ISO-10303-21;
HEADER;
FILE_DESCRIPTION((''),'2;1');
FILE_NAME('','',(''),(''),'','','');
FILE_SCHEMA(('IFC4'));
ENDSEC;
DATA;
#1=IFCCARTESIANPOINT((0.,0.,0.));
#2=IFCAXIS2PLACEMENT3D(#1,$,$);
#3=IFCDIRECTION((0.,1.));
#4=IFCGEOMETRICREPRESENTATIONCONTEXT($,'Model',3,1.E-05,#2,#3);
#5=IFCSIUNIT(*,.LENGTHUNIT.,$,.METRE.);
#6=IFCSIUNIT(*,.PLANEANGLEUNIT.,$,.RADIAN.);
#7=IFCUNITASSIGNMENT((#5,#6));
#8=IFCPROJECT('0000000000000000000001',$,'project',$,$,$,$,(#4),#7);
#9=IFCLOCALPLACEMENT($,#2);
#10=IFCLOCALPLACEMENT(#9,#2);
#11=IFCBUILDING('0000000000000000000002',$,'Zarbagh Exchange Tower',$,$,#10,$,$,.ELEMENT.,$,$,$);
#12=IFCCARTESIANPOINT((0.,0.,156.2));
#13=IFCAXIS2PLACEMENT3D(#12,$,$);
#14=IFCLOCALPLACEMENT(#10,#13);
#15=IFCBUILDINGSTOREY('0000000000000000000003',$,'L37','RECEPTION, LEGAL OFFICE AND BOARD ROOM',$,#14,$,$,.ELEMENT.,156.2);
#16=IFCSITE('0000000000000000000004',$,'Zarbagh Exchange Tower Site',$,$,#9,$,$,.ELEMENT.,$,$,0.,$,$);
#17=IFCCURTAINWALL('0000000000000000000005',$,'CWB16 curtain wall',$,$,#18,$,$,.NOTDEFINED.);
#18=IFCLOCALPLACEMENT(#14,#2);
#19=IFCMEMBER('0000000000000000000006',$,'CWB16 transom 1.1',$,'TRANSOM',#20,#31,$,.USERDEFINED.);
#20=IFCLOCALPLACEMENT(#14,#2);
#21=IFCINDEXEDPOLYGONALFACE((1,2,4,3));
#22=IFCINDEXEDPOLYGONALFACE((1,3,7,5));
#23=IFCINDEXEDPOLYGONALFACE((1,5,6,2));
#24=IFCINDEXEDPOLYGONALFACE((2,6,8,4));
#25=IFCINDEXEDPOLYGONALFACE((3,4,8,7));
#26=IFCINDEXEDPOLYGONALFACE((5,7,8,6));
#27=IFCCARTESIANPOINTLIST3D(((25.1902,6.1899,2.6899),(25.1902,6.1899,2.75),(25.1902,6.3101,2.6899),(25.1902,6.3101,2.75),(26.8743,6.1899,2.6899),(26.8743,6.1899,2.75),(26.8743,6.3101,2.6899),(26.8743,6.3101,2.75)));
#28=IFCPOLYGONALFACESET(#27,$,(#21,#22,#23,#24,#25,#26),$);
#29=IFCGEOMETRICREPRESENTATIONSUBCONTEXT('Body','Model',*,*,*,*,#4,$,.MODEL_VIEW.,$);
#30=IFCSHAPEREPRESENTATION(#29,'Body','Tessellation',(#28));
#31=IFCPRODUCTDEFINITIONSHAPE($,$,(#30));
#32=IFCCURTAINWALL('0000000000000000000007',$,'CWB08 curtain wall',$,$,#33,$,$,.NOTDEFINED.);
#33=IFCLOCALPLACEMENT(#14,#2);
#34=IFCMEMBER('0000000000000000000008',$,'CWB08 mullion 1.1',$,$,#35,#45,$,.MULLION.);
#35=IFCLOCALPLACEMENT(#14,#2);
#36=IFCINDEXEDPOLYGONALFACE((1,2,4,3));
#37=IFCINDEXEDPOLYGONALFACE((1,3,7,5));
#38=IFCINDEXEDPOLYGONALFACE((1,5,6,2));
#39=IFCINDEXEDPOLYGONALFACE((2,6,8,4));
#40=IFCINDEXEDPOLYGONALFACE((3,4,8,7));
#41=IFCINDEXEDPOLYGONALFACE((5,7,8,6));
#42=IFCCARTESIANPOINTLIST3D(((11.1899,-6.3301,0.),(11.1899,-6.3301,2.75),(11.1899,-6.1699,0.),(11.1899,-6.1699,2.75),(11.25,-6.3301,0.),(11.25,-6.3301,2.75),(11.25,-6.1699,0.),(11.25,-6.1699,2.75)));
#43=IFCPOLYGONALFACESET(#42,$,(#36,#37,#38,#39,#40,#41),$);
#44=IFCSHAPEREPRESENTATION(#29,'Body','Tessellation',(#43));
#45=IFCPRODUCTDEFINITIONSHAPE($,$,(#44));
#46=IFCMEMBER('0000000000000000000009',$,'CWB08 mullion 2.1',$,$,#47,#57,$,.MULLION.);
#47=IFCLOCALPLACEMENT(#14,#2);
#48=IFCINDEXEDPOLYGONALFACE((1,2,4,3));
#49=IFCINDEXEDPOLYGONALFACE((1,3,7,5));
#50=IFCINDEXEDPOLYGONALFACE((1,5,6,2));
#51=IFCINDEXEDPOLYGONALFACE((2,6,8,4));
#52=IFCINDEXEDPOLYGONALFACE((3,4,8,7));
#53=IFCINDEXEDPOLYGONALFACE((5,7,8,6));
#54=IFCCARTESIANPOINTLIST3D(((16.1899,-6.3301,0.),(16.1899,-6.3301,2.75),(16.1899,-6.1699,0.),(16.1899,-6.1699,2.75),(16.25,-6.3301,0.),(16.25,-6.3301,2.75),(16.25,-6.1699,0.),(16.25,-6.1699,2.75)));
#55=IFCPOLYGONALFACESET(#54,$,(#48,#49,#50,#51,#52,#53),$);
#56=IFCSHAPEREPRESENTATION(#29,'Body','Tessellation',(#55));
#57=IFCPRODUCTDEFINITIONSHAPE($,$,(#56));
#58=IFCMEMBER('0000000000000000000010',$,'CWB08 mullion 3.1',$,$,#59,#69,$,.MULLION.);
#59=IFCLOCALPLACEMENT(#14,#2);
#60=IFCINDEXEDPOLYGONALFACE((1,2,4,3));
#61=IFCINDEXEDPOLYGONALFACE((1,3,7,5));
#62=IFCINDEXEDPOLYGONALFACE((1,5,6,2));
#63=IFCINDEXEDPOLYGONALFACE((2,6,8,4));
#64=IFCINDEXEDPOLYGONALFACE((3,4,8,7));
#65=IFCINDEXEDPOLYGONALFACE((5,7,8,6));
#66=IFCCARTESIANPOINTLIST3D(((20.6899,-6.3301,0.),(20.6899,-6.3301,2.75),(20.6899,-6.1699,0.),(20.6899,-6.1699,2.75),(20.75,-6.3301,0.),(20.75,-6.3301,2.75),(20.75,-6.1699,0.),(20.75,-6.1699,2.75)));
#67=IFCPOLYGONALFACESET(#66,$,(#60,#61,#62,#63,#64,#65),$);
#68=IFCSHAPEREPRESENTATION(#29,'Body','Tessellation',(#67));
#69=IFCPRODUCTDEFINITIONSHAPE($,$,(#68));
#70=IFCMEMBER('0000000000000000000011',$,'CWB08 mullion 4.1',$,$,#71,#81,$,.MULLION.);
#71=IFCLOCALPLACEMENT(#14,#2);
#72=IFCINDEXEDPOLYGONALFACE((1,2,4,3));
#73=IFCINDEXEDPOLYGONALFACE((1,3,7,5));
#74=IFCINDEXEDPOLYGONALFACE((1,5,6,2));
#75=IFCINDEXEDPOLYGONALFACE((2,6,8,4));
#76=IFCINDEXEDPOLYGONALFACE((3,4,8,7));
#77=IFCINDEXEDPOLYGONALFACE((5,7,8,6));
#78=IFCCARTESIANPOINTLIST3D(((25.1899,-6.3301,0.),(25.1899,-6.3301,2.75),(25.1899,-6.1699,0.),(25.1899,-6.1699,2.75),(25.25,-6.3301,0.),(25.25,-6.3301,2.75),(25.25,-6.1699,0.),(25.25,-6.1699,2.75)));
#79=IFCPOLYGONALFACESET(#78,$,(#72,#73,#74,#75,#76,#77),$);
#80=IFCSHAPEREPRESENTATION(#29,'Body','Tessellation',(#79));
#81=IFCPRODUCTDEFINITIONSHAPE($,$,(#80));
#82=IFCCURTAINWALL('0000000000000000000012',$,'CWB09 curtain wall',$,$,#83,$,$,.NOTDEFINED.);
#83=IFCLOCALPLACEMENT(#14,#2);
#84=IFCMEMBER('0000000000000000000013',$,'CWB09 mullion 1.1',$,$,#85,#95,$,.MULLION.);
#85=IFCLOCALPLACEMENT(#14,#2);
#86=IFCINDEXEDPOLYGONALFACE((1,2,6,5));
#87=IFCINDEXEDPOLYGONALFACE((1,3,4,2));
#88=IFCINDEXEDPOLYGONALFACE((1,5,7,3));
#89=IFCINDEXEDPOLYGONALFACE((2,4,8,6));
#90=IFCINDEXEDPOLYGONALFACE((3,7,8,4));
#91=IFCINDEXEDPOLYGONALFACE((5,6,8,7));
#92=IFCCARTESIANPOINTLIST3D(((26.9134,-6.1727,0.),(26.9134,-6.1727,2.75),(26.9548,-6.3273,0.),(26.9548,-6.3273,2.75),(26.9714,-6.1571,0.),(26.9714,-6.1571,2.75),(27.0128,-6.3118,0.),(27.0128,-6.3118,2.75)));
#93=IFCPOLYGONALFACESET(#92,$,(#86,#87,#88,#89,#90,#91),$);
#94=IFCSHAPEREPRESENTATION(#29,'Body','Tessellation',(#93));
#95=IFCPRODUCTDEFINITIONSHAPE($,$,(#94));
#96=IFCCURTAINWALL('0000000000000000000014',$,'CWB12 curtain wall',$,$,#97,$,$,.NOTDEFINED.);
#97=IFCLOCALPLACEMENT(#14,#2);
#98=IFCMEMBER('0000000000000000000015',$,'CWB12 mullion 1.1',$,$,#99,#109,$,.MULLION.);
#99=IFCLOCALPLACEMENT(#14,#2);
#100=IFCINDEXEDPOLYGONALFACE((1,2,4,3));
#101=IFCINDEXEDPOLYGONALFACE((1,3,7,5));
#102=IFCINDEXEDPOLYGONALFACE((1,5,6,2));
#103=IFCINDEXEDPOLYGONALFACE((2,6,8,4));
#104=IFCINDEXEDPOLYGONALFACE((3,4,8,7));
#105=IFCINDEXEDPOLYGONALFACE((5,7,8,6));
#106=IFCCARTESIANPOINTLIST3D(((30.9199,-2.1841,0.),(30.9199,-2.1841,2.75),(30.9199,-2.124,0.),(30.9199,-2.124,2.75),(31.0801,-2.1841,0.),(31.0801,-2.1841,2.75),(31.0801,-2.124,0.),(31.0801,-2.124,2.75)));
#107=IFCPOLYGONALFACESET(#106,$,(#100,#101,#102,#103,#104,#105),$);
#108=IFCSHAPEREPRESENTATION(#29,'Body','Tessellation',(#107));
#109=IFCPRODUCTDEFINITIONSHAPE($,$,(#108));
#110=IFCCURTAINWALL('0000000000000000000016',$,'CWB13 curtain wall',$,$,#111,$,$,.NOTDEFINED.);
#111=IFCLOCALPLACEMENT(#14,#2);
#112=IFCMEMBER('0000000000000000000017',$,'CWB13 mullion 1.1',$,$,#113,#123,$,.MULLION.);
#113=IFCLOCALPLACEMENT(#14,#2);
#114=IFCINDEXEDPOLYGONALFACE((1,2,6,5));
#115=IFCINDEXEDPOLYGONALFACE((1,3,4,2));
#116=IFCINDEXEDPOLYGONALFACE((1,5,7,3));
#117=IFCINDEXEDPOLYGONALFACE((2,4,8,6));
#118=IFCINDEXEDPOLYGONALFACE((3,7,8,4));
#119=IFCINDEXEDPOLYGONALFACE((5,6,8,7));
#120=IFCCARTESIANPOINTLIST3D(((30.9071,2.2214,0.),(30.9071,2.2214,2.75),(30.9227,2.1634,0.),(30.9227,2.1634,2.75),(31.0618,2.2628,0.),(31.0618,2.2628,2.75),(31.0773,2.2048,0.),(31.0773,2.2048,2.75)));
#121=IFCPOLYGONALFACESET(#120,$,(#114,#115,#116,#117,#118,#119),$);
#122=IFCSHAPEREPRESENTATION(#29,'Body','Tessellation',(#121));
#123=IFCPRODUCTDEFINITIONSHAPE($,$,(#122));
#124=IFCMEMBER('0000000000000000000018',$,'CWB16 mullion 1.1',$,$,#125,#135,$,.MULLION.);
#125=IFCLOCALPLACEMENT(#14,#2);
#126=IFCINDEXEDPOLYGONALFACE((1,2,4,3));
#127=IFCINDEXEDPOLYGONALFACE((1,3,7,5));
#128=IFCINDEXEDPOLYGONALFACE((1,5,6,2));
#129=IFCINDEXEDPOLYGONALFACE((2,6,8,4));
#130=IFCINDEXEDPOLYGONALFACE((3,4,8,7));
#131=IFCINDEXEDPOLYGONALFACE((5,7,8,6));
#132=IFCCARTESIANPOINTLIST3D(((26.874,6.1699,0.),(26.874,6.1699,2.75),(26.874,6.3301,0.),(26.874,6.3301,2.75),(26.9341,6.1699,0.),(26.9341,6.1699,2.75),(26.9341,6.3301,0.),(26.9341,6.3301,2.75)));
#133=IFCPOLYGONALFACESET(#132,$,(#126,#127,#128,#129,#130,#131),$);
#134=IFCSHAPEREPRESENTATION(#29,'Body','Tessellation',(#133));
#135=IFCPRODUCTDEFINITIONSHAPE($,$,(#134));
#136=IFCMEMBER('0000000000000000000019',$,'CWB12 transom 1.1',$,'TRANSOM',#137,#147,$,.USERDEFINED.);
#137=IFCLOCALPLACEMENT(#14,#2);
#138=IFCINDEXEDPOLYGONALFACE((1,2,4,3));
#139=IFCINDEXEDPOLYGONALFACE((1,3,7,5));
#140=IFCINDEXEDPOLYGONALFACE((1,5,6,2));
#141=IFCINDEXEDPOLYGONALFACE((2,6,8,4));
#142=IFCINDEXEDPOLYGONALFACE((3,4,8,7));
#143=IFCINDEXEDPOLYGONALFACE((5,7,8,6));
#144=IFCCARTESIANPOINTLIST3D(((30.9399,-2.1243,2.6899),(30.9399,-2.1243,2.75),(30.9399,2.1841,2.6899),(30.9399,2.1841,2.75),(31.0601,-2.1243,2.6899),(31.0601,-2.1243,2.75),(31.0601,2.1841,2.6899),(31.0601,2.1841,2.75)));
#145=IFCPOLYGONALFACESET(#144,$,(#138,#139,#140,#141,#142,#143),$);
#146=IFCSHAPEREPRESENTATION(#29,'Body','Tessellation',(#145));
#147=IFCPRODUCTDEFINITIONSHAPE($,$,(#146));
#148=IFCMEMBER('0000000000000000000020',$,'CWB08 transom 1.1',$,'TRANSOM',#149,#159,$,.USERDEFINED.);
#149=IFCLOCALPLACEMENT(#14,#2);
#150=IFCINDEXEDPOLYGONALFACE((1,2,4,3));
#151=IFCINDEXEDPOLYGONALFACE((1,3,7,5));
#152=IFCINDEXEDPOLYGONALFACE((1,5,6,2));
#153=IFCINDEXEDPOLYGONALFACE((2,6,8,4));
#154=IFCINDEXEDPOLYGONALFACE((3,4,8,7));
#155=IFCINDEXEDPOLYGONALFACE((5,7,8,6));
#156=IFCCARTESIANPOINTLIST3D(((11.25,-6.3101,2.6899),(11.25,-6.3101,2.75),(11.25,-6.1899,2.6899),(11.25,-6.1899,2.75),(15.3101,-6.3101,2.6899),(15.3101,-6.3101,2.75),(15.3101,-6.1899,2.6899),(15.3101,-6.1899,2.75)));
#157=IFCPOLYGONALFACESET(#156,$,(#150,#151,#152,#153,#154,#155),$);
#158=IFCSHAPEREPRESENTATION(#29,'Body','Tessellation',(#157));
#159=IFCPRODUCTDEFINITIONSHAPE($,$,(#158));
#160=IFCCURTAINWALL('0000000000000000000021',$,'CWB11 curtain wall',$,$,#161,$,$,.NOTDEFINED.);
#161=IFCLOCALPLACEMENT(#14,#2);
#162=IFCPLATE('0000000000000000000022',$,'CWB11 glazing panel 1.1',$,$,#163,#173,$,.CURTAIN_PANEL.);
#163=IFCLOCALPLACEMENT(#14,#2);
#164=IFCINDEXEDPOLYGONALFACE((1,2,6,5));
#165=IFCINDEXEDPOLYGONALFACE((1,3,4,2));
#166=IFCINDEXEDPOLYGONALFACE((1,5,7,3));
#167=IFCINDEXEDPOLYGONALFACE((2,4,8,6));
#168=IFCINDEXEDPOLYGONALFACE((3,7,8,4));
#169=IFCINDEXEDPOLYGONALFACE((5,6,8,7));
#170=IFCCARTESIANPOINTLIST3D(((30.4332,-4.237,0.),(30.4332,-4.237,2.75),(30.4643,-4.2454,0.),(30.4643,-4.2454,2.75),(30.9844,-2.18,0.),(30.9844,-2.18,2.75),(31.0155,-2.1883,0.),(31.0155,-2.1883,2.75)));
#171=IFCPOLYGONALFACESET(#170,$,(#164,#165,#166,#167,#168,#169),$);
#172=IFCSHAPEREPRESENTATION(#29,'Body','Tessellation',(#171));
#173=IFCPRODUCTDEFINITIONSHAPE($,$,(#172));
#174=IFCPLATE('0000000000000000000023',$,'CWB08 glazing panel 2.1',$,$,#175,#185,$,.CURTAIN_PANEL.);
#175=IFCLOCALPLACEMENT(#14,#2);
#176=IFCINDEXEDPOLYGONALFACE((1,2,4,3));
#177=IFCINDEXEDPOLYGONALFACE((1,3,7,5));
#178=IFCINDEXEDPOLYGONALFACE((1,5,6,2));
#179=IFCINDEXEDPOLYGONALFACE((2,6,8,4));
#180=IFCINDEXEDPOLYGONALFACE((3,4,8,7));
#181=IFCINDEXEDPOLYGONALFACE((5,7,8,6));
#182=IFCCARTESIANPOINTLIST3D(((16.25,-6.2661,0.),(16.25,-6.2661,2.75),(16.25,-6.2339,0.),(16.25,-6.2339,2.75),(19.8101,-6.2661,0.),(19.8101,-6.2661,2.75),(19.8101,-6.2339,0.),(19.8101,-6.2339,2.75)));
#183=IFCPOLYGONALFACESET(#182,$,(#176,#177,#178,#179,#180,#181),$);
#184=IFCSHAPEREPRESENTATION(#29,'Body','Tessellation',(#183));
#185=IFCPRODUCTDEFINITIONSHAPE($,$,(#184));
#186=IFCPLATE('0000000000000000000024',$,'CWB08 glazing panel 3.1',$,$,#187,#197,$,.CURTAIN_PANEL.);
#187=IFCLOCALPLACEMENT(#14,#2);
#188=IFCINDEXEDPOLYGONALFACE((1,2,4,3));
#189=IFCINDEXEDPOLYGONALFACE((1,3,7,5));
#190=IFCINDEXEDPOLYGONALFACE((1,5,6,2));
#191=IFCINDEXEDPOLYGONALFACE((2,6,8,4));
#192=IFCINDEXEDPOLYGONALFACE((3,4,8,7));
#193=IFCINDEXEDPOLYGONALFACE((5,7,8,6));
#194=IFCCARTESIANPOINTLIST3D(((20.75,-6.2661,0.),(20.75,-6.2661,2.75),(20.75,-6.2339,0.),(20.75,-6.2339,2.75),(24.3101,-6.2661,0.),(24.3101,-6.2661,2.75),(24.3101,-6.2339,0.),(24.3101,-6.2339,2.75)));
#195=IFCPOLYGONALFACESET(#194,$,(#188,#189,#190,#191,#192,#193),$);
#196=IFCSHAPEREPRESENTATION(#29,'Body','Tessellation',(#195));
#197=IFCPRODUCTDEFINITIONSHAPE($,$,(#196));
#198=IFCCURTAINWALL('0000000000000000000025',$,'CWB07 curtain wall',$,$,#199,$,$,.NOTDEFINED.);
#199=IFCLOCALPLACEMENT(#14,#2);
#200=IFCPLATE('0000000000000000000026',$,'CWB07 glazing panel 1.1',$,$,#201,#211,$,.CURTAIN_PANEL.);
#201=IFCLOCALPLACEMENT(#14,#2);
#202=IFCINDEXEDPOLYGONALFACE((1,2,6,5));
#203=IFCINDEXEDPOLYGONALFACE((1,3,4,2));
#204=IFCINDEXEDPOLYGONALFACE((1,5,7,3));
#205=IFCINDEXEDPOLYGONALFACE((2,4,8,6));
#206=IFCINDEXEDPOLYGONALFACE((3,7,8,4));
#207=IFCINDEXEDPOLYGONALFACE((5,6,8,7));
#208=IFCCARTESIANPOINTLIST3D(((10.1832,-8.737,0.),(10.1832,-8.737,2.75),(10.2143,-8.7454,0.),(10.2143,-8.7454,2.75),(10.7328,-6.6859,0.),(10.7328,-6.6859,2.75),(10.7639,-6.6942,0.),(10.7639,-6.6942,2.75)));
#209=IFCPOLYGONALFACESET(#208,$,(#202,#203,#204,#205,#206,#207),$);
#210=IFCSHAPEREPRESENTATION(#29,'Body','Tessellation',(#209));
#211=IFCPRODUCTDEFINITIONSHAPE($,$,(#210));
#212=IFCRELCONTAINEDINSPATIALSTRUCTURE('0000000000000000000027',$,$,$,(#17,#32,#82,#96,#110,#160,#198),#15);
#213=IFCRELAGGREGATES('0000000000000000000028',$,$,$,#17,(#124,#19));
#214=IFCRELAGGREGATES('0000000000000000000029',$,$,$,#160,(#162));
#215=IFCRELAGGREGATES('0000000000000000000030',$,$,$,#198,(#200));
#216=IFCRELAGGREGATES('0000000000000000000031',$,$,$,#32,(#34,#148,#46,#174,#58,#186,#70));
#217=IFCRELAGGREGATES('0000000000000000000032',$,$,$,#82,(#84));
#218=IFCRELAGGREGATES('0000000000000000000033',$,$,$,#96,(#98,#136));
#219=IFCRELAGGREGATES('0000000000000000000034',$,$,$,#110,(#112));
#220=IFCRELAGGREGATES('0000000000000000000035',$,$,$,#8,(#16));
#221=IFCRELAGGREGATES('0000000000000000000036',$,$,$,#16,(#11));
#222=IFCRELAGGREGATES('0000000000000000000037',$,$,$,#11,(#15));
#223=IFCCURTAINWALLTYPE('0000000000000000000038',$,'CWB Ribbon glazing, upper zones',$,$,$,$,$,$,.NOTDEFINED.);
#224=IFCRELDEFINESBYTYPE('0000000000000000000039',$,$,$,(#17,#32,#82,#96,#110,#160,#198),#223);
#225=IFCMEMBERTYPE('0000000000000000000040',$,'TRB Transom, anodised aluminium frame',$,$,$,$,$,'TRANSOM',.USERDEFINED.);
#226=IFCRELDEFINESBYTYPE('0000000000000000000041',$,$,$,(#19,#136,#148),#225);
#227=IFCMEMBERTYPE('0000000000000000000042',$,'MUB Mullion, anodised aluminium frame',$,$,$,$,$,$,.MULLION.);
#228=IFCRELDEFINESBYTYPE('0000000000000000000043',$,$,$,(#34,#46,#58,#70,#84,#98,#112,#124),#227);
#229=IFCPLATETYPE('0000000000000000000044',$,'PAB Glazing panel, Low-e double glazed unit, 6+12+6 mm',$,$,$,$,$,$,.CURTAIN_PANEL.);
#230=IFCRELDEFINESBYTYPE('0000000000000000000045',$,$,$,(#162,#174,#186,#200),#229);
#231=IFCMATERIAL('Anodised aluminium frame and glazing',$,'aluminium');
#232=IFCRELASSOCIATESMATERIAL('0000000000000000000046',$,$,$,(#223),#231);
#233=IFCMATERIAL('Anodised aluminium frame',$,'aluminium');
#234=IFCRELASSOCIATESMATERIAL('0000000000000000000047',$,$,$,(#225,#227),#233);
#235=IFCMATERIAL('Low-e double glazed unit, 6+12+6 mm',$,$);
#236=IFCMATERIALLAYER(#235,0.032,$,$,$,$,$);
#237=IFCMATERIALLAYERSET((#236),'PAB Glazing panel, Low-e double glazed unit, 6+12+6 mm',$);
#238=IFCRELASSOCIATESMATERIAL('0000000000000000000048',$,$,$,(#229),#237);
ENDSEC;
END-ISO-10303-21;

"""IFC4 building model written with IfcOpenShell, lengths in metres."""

from ifc_helpers import new_model, si_unit, direction, frame, origin, place, context, subcontext, project, spatial, polyline, outline, extrude, source, transform, mapped, material, layer, layer_set, type_object, element, aggregate, save


model = new_model("IFC4")

# Units and contexts
model_context = context("Model", 3, precision=1e-05, world=origin(), true_north=direction((0.0, 1.0)))
body_context = subcontext(model_context, "Body", "Model", "MODEL_VIEW")
ifc_project = project(units=[si_unit("LENGTHUNIT", "METRE"), si_unit("PLANEANGLEUNIT", "RADIAN")], contexts=[model_context])

# Site, building, storey
site_placement = place(None, origin())
site = spatial("IfcSite", under=ifc_project, at=site_placement, Name="Zarbagh Exchange Tower Site", CompositionType="ELEMENT", RefElevation=0.0)
building_placement = place(site_placement, origin())
building = spatial("IfcBuilding", under=site, at=building_placement, Name="Zarbagh Exchange Tower", CompositionType="ELEMENT")
storey_placement = place(building_placement, frame((0.0, 0.0, 156.2)))
storey = spatial("IfcBuildingStorey", under=building, at=storey_placement, Name="L37", Description="RECEPTION, LEGAL OFFICE AND BOARD ROOM", CompositionType="ELEMENT", Elevation=156.2)

# Curtain wall, member
ifc_material_1 = material(Name="Anodised aluminium frame and glazing", Category="aluminium")
curtain_wall_type = type_object("IfcCurtainWallType", Name="CWB Ribbon glazing, upper zones", PredefinedType="NOTDEFINED", material=ifc_material_1)
curtain_wall_1_placement = place(storey_placement, origin())
curtain_wall_1 = element("IfcCurtainWall", 1, at=curtain_wall_1_placement, inside=storey, type_object=curtain_wall_type, Name="CWB16 curtain wall", PredefinedType="NOTDEFINED")
ifc_material_2 = material(Name="Anodised aluminium frame", Category="aluminium")
member_type_1 = type_object("IfcMemberType", Name="TRB Transom, anodised aluminium frame", ElementType="TRANSOM", PredefinedType="USERDEFINED", material=ifc_material_2)
shared_shape_1 = source(origin(), body_context, "Body", "SweptSolid", [
    extrude(outline(polyline([(-0.0601, -0.0601), (0.0, -0.0601), (0.0, 0.0601), (-0.0601, 0.0601), (-0.0601, -0.0601)])), origin(), (0.0, 0.0, 1.0), 1.6841),
])
placement = place(storey_placement, origin())
member_1 = element("IfcMember", 2, at=placement, type_object=member_type_1, Name="CWB16 transom 1.1", ObjectType="TRANSOM", PredefinedType="USERDEFINED", context=body_context, shape_type="MappedRepresentation", body=[
    mapped(shared_shape_1, transform((26.8743, 6.25, 2.75), x_axis=(0.0, 0.0, 1.0), y_axis=(0.0, 1.0, 0.0), z_axis=(-1.0, 0.0, 0.0))),
])

# Curtain wall, members
curtain_wall_2_placement = place(storey_placement, origin())
curtain_wall_2 = element("IfcCurtainWall", 3, at=curtain_wall_2_placement, inside=storey, type_object=curtain_wall_type, Name="CWB08 curtain wall", PredefinedType="NOTDEFINED")
member_type_2 = type_object("IfcMemberType", Name="MUB Mullion, anodised aluminium frame", PredefinedType="MULLION", material=ifc_material_2)
shared_shape_2 = source(origin(), body_context, "Body", "SweptSolid", [
    extrude(outline(polyline([(0.0, -0.0801), (0.0601, -0.0801), (0.0601, 0.0801), (0.0, 0.0801), (0.0, -0.0801)])), origin(), (0.0, 0.0, 1.0), 2.75),
])
member_2 = element("IfcMember", 4, at=placement, type_object=member_type_2, Name="CWB08 mullion 1.1", PredefinedType="MULLION", context=body_context, shape_type="MappedRepresentation", body=[
    mapped(shared_shape_2, transform((11.1899, -6.25, 0.0), x_axis=(1.0, 0.0, 0.0), y_axis=(0.0, 1.0, 0.0), z_axis=(0.0, 0.0, 1.0))),
])
member_3 = element("IfcMember", 5, at=placement, type_object=member_type_2, Name="CWB08 mullion 2.1", PredefinedType="MULLION", context=body_context, shape_type="MappedRepresentation", body=[
    mapped(shared_shape_2, transform((16.1899, -6.25, 0.0), x_axis=(1.0, 0.0, 0.0), y_axis=(0.0, 1.0, 0.0), z_axis=(0.0, 0.0, 1.0))),
])
member_4 = element("IfcMember", 6, at=placement, type_object=member_type_2, Name="CWB08 mullion 3.1", PredefinedType="MULLION", context=body_context, shape_type="MappedRepresentation", body=[
    mapped(shared_shape_2, transform((20.6899, -6.25, 0.0), x_axis=(1.0, 0.0, 0.0), y_axis=(0.0, 1.0, 0.0), z_axis=(0.0, 0.0, 1.0))),
])
member_5 = element("IfcMember", 7, at=placement, type_object=member_type_2, Name="CWB08 mullion 4.1", PredefinedType="MULLION", context=body_context, shape_type="MappedRepresentation", body=[
    mapped(shared_shape_2, transform((25.1899, -6.25, 0.0), x_axis=(1.0, 0.0, 0.0), y_axis=(0.0, 1.0, 0.0), z_axis=(0.0, 0.0, 1.0))),
])

# Curtain walls, members
curtain_wall_3_placement = place(storey_placement, origin())
curtain_wall_3 = element("IfcCurtainWall", 8, at=curtain_wall_3_placement, inside=storey, type_object=curtain_wall_type, Name="CWB09 curtain wall", PredefinedType="NOTDEFINED")
member_6 = element("IfcMember", 9, at=placement, type_object=member_type_2, Name="CWB09 mullion 1.1", PredefinedType="MULLION", context=body_context, shape_type="MappedRepresentation", body=[
    mapped(shared_shape_2, transform((26.9341, -6.25, 0.0), x_axis=(0.965924, 0.258825, 0.0), y_axis=(-0.258825, 0.965924, 0.0), z_axis=(0.0, 0.0, 1.0))),
])
curtain_wall_4_placement = place(storey_placement, origin())
curtain_wall_4 = element("IfcCurtainWall", 10, at=curtain_wall_4_placement, inside=storey, type_object=curtain_wall_type, Name="CWB12 curtain wall", PredefinedType="NOTDEFINED")
member_7 = element("IfcMember", 11, at=placement, type_object=member_type_2, Name="CWB12 mullion 1.1", PredefinedType="MULLION", context=body_context, shape_type="MappedRepresentation", body=[
    mapped(shared_shape_2, transform((31.0, -2.1841, 0.0), x_axis=(0.0, 1.0, 0.0), y_axis=(-1.0, 0.0, 0.0), z_axis=(0.0, 0.0, 1.0))),
])
curtain_wall_5_placement = place(storey_placement, origin())
curtain_wall_5 = element("IfcCurtainWall", 12, at=curtain_wall_5_placement, inside=storey, type_object=curtain_wall_type, Name="CWB13 curtain wall", PredefinedType="NOTDEFINED")
member_8 = element("IfcMember", 13, at=placement, type_object=member_type_2, Name="CWB13 mullion 1.1", PredefinedType="MULLION", context=body_context, shape_type="MappedRepresentation", body=[
    mapped(shared_shape_2, transform((31.0, 2.1841, 0.0), x_axis=(-0.258825, 0.965924, 0.0), y_axis=(-0.965924, -0.258825, 0.0), z_axis=(0.0, 0.0, 1.0))),
])

# Members
member_9 = element("IfcMember", 14, at=placement, type_object=member_type_2, Name="CWB16 mullion 1.1", PredefinedType="MULLION", context=body_context, shape_type="MappedRepresentation", body=[
    mapped(shared_shape_2, transform((26.9341, 6.25, 0.0), x_axis=(-1.0, 0.0, 0.0), y_axis=(0.0, -1.0, 0.0), z_axis=(0.0, 0.0, 1.0))),
])
aggregate(curtain_wall_1, [member_9, member_1])
shared_shape_3 = source(origin(), body_context, "Body", "SweptSolid", [
    extrude(outline(polyline([(-0.0601, -0.0601), (0.0, -0.0601), (0.0, 0.0601), (-0.0601, 0.0601), (-0.0601, -0.0601)])), origin(), (0.0, 0.0, 1.0), 4.3083),
])
member_10 = element("IfcMember", 15, at=placement, type_object=member_type_1, Name="CWB12 transom 1.1", ObjectType="TRANSOM", PredefinedType="USERDEFINED", context=body_context, shape_type="MappedRepresentation", body=[
    mapped(shared_shape_3, transform((31.0, -2.1243, 2.75), x_axis=(0.0, 0.0, 1.0), y_axis=(1.0, 0.0, 0.0), z_axis=(0.0, 1.0, 0.0))),
])
shared_shape_4 = source(origin(), body_context, "Body", "SweptSolid", [
    extrude(outline(polyline([(-0.0601, -0.0601), (0.0, -0.0601), (0.0, 0.0601), (-0.0601, 0.0601), (-0.0601, -0.0601)])), origin(), (0.0, 0.0, 1.0), 4.0601),
])
member_11 = element("IfcMember", 16, at=placement, type_object=member_type_1, Name="CWB08 transom 1.1", ObjectType="TRANSOM", PredefinedType="USERDEFINED", context=body_context, shape_type="MappedRepresentation", body=[
    mapped(shared_shape_4, transform((11.25, -6.25, 2.75), x_axis=(0.0, 0.0, 1.0), y_axis=(0.0, -1.0, 0.0), z_axis=(1.0, 0.0, 0.0))),
])

# Curtain wall, plate
curtain_wall_6_placement = place(storey_placement, origin())
curtain_wall_6 = element("IfcCurtainWall", 17, at=curtain_wall_6_placement, inside=storey, type_object=curtain_wall_type, Name="CWB11 curtain wall", PredefinedType="NOTDEFINED")
ifc_material_3 = material(Name="Low-e double glazed unit, 6+12+6 mm")
ifc_layer = layer(ifc_material_3, 0.032)
ifc_layer_set = layer_set([ifc_layer], Name="PAB Glazing panel, Low-e double glazed unit, 6+12+6 mm")
plate_type = type_object("IfcPlateType", Name="PAB Glazing panel, Low-e double glazed unit, 6+12+6 mm", PredefinedType="CURTAIN_PANEL", material=ifc_layer_set)
shared_shape_5 = source(origin(), body_context, "Body", "SweptSolid", [
    extrude(outline(polyline([(0.0, -0.0161), (2.1296, -0.0161), (2.1296, 0.0161), (0.0, 0.0161), (0.0, -0.0161)])), origin(), (0.0, 0.0, 1.0), 2.75),
])
plate_1 = element("IfcPlate", 18, at=placement, type_object=plate_type, Name="CWB11 glazing panel 1.1", PredefinedType="CURTAIN_PANEL", context=body_context, shape_type="MappedRepresentation", body=[
    mapped(shared_shape_5, transform((30.4487, -4.2412, 0.0), x_axis=(0.258825, 0.965924, 0.0), y_axis=(-0.965924, 0.258825, 0.0), z_axis=(0.0, 0.0, 1.0))),
])
aggregate(curtain_wall_6, [plate_1])

# Plates
shared_shape_6 = source(origin(), body_context, "Body", "SweptSolid", [
    extrude(outline(polyline([(0.0, -0.0161), (3.5601, -0.0161), (3.5601, 0.0161), (0.0, 0.0161), (0.0, -0.0161)])), origin(), (0.0, 0.0, 1.0), 2.75),
])
plate_2 = element("IfcPlate", 19, at=placement, type_object=plate_type, Name="CWB08 glazing panel 2.1", PredefinedType="CURTAIN_PANEL", context=body_context, shape_type="MappedRepresentation", body=[
    mapped(shared_shape_6, transform((16.25, -6.25, 0.0), x_axis=(1.0, 0.0, 0.0), y_axis=(0.0, 1.0, 0.0), z_axis=(0.0, 0.0, 1.0))),
])
plate_3 = element("IfcPlate", 20, at=placement, type_object=plate_type, Name="CWB08 glazing panel 3.1", PredefinedType="CURTAIN_PANEL", context=body_context, shape_type="MappedRepresentation", body=[
    mapped(shared_shape_6, transform((20.75, -6.25, 0.0), x_axis=(1.0, 0.0, 0.0), y_axis=(0.0, 1.0, 0.0), z_axis=(0.0, 0.0, 1.0))),
])

# Curtain wall, plate
curtain_wall_7_placement = place(storey_placement, origin())
curtain_wall_7 = element("IfcCurtainWall", 21, at=curtain_wall_7_placement, inside=storey, type_object=curtain_wall_type, Name="CWB07 curtain wall", PredefinedType="NOTDEFINED")
shared_shape_7 = source(origin(), body_context, "Body", "SweptSolid", [
    extrude(outline(polyline([(0.0, -0.0161), (2.1235, -0.0161), (2.1235, 0.0161), (0.0, 0.0161), (0.0, -0.0161)])), origin(), (0.0, 0.0, 1.0), 2.75),
])
plate_4 = element("IfcPlate", 22, at=placement, type_object=plate_type, Name="CWB07 glazing panel 1.1", PredefinedType="CURTAIN_PANEL", context=body_context, shape_type="MappedRepresentation", body=[
    mapped(shared_shape_7, transform((10.1987, -8.7412, 0.0), x_axis=(0.258825, 0.965924, 0.0), y_axis=(-0.965924, 0.258825, 0.0), z_axis=(0.0, 0.0, 1.0))),
])
aggregate(curtain_wall_7, [plate_4])

aggregate(curtain_wall_2, [member_2, member_11, member_3, plate_2, member_4, plate_3, member_5])
aggregate(curtain_wall_3, [member_6])

aggregate(curtain_wall_4, [member_7, member_10])
aggregate(curtain_wall_5, [member_8])

save(model, "model.ifc")
